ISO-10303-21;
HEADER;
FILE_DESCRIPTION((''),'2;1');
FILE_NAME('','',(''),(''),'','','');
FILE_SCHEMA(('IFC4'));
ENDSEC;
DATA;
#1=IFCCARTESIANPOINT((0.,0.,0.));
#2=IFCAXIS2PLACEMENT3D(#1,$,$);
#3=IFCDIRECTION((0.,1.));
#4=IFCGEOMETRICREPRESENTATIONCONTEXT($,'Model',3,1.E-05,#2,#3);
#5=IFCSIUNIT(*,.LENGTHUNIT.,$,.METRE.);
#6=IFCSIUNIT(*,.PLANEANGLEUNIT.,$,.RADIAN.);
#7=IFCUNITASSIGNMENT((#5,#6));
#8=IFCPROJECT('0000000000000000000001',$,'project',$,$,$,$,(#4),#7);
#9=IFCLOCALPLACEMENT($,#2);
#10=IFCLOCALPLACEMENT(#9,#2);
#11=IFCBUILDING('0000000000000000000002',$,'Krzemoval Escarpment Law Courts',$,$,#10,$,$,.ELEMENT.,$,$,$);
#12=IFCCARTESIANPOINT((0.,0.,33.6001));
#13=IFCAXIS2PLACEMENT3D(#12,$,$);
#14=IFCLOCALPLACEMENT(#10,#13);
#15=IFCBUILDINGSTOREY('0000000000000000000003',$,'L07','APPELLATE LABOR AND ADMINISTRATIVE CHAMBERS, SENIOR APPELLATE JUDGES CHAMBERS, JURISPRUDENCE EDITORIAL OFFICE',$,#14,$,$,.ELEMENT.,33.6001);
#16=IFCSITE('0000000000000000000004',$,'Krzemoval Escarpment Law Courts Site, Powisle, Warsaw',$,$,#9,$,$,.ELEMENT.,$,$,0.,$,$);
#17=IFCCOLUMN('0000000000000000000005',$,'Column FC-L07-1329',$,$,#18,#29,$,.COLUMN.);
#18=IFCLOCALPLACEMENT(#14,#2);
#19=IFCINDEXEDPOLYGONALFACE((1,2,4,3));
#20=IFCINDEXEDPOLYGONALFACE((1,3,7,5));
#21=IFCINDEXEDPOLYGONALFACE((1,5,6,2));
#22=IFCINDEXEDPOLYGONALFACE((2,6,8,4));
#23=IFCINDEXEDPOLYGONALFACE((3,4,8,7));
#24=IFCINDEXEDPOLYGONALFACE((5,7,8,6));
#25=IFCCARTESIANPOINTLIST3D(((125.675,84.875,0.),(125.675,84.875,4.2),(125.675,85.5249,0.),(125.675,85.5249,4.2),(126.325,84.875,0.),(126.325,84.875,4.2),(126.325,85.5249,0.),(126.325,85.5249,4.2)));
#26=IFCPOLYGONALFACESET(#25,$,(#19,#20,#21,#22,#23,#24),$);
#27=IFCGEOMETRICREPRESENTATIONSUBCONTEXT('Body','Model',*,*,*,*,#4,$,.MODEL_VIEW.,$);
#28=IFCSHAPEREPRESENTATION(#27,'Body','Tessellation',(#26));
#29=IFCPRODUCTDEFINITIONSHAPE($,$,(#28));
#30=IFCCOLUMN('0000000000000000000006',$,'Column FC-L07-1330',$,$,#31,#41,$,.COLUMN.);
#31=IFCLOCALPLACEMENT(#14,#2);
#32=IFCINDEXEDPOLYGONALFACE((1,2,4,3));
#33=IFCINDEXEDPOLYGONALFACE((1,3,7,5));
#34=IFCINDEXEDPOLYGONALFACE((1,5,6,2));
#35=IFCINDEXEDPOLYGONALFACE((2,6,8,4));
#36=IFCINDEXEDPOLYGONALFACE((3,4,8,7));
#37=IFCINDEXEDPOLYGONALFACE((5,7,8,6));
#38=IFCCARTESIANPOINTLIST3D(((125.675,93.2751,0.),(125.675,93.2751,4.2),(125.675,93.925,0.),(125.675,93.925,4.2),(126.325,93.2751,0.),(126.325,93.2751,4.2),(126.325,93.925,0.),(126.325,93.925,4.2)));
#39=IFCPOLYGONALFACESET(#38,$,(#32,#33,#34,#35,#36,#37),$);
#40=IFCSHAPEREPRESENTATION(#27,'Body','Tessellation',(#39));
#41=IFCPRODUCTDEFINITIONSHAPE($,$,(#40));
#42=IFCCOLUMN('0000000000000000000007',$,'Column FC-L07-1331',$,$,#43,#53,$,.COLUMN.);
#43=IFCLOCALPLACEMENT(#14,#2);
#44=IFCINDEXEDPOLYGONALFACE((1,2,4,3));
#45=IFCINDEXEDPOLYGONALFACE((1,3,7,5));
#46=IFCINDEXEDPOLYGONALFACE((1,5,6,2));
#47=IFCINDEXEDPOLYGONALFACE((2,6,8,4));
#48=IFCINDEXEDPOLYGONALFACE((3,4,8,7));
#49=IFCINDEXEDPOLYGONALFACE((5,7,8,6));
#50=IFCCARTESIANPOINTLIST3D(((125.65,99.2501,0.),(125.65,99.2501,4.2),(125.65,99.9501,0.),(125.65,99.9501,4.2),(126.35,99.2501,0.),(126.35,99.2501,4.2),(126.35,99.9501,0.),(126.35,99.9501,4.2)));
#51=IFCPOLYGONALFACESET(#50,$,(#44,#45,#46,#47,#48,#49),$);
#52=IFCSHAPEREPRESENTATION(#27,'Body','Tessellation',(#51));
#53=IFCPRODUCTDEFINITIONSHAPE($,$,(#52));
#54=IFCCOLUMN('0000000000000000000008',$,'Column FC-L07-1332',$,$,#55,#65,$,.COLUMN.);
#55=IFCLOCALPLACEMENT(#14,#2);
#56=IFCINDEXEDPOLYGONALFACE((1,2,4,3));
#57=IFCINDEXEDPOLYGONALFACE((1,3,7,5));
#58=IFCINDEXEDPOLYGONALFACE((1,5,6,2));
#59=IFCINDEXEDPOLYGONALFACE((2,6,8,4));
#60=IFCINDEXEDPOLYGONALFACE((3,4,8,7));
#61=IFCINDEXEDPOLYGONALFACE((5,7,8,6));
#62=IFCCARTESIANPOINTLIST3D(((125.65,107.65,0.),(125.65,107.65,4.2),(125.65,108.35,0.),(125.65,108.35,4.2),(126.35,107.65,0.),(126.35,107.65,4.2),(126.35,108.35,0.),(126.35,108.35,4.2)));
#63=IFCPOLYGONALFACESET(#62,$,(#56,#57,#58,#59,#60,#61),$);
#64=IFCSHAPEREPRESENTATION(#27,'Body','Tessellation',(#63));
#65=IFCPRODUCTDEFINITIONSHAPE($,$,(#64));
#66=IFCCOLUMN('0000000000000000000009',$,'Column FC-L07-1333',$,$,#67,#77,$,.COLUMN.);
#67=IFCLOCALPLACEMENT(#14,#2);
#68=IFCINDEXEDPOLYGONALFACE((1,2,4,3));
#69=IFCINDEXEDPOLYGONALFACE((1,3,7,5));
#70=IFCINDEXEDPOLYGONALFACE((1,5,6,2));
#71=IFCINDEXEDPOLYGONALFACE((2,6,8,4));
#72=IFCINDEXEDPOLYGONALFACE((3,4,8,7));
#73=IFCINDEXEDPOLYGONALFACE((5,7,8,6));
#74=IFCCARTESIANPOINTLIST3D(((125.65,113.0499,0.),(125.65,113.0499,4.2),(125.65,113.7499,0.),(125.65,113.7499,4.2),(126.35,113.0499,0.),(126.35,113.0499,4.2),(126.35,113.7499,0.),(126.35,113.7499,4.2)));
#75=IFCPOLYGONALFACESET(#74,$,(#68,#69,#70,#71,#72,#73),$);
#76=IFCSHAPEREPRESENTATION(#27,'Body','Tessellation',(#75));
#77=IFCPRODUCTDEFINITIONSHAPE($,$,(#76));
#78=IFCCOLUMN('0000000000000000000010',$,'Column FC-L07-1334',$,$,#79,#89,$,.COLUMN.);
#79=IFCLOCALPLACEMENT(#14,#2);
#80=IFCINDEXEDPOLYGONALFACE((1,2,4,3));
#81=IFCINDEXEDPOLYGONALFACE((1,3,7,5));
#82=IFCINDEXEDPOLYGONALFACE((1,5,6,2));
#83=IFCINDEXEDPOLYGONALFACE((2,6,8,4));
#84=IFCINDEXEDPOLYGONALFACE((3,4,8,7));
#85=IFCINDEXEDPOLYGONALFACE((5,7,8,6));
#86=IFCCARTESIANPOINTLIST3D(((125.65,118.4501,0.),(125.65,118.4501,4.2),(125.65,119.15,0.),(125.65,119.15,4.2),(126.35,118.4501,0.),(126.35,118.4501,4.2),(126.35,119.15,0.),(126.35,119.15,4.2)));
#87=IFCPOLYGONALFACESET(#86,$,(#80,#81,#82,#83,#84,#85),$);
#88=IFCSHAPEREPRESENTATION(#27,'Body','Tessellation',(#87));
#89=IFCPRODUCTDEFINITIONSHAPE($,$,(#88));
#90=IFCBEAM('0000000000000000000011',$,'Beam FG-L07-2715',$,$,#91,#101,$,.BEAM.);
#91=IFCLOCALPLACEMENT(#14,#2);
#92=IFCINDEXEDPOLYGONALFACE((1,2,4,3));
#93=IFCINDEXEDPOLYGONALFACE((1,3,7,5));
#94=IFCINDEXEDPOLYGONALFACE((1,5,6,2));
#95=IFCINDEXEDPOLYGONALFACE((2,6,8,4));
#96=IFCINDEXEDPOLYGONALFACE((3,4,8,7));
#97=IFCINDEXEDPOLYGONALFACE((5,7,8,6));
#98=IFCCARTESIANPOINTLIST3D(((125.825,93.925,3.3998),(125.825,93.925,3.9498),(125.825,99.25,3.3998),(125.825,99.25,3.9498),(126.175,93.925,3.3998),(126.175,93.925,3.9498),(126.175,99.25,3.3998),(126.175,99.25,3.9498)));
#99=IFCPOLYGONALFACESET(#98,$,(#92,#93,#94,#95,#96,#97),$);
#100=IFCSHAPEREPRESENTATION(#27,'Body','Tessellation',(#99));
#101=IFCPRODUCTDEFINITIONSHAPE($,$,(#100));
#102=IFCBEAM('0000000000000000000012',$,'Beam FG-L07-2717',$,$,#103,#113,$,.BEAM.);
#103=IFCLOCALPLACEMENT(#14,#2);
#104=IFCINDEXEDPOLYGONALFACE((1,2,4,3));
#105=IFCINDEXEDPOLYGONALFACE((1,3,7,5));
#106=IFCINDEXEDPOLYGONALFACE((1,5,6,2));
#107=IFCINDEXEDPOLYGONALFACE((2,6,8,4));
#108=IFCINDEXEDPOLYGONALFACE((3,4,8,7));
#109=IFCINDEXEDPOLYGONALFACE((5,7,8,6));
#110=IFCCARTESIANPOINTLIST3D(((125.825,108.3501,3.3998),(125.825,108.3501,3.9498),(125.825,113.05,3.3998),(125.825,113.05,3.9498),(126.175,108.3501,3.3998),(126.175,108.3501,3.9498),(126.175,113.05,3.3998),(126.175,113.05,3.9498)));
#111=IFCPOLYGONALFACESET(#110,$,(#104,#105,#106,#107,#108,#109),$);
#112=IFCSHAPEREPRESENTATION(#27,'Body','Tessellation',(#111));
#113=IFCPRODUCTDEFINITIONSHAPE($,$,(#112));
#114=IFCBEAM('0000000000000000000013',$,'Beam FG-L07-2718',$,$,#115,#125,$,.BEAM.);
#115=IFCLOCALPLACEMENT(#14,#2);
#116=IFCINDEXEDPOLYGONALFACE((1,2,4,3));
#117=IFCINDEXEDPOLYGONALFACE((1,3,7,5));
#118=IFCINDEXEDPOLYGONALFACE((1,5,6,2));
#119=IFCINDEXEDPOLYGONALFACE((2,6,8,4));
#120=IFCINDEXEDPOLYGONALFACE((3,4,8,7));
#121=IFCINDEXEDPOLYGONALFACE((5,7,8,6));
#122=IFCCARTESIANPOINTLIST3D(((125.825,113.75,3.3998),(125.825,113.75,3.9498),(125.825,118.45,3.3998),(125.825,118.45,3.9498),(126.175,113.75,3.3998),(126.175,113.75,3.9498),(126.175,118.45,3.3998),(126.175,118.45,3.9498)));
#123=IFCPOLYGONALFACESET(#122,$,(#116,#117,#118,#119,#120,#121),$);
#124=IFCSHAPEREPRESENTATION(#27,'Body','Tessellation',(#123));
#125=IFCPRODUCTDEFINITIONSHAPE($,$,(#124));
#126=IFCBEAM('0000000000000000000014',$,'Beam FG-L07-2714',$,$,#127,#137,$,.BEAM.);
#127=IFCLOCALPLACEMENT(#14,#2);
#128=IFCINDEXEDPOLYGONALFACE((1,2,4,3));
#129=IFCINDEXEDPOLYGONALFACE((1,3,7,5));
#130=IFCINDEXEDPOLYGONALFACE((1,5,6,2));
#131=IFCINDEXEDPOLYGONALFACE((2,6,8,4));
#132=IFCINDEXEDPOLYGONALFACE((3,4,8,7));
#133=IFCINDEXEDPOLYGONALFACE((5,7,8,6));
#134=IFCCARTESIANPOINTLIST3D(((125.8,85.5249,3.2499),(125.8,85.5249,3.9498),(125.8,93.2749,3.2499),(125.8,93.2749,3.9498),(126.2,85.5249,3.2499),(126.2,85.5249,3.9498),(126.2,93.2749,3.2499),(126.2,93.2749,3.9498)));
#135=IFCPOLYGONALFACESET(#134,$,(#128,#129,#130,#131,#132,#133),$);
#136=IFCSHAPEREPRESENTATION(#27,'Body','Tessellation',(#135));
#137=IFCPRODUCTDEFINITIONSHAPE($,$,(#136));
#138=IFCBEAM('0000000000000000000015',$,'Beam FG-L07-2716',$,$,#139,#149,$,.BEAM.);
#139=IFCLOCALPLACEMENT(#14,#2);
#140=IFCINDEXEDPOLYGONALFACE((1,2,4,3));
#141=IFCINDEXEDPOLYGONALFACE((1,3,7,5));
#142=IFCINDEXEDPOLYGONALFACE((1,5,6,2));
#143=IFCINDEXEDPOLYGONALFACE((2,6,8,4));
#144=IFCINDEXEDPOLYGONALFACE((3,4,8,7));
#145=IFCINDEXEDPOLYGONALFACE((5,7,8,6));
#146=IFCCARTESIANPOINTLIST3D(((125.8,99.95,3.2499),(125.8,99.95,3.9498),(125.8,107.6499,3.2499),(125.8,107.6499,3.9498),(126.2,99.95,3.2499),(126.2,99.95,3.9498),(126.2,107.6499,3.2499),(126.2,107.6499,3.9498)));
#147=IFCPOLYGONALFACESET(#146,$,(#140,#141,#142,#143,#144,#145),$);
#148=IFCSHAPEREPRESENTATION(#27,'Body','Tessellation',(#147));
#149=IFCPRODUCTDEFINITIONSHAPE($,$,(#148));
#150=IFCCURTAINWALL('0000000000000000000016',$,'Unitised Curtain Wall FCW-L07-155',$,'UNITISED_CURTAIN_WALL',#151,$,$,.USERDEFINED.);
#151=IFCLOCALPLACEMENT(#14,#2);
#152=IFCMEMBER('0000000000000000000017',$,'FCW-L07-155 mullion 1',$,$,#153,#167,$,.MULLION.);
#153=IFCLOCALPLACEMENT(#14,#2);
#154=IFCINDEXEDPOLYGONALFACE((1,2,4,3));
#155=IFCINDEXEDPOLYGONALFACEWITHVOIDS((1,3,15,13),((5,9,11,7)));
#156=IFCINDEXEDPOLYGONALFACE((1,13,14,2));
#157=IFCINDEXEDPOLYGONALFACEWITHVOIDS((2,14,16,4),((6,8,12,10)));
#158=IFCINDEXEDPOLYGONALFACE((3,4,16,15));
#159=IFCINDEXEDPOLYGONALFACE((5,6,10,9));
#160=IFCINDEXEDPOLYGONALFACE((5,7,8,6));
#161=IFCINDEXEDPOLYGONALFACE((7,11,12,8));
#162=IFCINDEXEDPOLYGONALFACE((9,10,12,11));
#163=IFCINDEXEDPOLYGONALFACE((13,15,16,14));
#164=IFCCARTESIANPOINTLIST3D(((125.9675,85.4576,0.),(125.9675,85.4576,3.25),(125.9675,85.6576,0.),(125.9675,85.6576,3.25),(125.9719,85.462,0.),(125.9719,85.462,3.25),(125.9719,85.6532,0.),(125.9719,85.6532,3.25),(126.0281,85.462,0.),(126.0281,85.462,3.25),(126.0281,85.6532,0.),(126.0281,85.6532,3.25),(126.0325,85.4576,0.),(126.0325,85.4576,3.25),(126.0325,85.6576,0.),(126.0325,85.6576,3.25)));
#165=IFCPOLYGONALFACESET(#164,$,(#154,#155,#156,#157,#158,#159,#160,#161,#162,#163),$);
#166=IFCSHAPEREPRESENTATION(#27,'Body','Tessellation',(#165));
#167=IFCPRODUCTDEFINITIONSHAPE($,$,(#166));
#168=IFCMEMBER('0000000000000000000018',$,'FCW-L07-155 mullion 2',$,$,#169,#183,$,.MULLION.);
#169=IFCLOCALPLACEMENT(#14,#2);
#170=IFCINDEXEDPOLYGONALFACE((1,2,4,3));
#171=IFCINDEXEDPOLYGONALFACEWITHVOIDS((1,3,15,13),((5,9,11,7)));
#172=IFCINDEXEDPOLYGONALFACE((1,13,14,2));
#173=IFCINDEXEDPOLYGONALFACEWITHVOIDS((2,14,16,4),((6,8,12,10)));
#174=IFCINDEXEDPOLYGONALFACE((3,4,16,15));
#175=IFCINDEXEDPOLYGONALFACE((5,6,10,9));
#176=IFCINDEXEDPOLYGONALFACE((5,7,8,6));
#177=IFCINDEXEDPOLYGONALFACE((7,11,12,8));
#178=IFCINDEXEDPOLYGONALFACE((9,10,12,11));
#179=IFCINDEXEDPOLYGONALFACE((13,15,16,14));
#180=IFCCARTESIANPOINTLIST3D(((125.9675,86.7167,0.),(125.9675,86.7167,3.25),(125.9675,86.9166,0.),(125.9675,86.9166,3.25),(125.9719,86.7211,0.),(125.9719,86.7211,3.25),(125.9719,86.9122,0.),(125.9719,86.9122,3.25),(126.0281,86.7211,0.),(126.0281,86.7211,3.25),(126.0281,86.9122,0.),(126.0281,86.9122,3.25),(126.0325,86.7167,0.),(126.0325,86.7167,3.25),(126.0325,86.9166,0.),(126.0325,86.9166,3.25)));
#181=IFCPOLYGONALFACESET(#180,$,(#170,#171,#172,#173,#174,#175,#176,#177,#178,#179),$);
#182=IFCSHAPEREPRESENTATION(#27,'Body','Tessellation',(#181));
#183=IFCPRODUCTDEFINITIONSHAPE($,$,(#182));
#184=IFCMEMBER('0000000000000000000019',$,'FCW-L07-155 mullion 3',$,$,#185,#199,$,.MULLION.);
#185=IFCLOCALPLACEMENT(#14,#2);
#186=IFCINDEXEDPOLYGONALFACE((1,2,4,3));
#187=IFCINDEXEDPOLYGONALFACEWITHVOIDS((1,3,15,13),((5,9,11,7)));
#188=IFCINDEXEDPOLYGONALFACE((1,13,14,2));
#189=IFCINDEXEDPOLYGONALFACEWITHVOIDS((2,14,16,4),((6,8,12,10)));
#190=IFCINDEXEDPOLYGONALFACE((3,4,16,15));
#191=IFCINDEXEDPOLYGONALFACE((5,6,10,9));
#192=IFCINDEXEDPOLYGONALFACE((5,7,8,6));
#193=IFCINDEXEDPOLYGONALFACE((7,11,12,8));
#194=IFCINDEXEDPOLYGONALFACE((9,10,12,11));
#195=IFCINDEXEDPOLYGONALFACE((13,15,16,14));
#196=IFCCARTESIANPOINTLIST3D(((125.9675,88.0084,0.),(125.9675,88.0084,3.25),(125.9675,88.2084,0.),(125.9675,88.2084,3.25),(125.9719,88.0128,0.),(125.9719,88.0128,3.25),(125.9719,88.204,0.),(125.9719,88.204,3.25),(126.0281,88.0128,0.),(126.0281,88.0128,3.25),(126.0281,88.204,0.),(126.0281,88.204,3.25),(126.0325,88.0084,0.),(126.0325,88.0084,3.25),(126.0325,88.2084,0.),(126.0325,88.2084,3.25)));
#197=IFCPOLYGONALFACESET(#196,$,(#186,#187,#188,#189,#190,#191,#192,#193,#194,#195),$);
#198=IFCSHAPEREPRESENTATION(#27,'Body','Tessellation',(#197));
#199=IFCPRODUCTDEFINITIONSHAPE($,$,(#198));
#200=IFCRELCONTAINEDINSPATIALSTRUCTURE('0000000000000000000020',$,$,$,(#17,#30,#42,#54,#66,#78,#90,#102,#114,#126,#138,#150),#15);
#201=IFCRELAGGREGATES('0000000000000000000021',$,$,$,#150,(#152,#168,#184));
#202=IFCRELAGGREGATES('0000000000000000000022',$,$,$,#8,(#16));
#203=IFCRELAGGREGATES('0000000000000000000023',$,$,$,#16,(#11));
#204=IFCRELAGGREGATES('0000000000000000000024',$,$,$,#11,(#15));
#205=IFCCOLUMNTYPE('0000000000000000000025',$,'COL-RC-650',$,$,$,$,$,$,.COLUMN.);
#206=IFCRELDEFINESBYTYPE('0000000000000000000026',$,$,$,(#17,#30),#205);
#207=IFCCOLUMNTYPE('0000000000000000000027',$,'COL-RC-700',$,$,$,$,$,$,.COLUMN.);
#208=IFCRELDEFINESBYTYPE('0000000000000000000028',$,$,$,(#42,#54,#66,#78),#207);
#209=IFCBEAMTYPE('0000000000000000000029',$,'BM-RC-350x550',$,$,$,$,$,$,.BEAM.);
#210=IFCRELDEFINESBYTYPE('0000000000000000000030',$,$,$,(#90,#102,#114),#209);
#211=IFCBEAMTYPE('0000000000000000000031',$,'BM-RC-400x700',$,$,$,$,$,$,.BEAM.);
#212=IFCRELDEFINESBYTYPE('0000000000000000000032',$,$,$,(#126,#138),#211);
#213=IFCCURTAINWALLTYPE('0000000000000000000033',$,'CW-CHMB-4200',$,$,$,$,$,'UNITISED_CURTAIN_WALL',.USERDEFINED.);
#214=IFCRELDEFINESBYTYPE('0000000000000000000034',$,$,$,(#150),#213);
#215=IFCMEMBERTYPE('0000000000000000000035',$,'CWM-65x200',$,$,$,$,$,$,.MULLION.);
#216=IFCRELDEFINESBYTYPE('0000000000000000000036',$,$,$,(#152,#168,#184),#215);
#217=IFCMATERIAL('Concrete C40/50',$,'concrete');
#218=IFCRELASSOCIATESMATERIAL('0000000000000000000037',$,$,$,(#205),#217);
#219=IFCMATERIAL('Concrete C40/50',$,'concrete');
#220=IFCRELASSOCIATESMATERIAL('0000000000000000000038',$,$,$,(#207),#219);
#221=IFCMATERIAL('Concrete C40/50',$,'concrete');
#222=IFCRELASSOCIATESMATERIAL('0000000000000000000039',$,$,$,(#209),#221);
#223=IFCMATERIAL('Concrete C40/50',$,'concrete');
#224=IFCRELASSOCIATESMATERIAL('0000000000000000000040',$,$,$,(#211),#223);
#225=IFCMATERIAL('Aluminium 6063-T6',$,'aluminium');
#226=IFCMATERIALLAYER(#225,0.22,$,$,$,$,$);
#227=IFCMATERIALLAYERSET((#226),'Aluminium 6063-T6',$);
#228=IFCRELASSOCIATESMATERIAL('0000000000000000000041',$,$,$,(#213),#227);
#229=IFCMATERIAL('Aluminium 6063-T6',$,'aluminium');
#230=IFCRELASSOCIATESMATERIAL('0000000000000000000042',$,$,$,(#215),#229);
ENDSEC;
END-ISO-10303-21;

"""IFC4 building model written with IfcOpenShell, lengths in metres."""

from ifc_helpers import new_model, si_unit, direction, frame, origin, origin_2d, place, context, subcontext, project, spatial, rectangle, hollow_rectangle, extrude, material, layer, layer_set, material_profile, profile_set, type_object, element, aggregate, save


model = new_model("IFC4")

# Units and contexts
model_context = context("Model", 3, precision=1e-05, world=origin(), true_north=direction((0.0, 1.0)))
body_context = subcontext(model_context, "Body", "Model", "MODEL_VIEW")
ifc_project = project(units=[si_unit("LENGTHUNIT", "METRE"), si_unit("PLANEANGLEUNIT", "RADIAN")], contexts=[model_context])

# Site, building, storey
site_placement = place(None, origin())
site = spatial("IfcSite", under=ifc_project, at=site_placement, Name="Krzemoval Escarpment Law Courts Site, Powisle, Warsaw", CompositionType="ELEMENT", RefElevation=0.0)
building_placement = place(site_placement, origin())
building = spatial("IfcBuilding", under=site, at=building_placement, Name="Krzemoval Escarpment Law Courts", CompositionType="ELEMENT")
storey_placement = place(building_placement, frame((0.0, 0.0, 33.6001)))
storey = spatial("IfcBuildingStorey", under=building, at=storey_placement, Name="L07", Description="APPELLATE LABOR AND ADMINISTRATIVE CHAMBERS, SENIOR APPELLATE JUDGES CHAMBERS, JURISPRUDENCE EDITORIAL OFFICE", CompositionType="ELEMENT", Elevation=33.6001)

# Columns
ifc_material_1 = material(Name="Concrete C40/50", Category="concrete")
ifc_material_profile_1 = material_profile(ifc_material_1, rectangle(XDim=0.6499, YDim=0.6499, at=origin_2d()), Name="RC 650x650")
ifc_profile_set_1 = profile_set([ifc_material_profile_1], Name="Concrete C40/50")
column_type_1 = type_object("IfcColumnType", Name="COL-RC-650", PredefinedType="COLUMN", material=ifc_profile_set_1)
for number, where, z_axis, x_axis, name in (
    (1, (126.0, 85.2, 0.0), (0.0, 0.0, 1.0), (1.0, 0.0, 0.0), "Column FC-L07-1329"),
    (2, (126.0, 93.6001, 0.0), (0.0, 0.0, 1.0), (1.0, 0.0, 0.0), "Column FC-L07-1330"),
):
    element("IfcColumn", number, at=place(storey_placement, frame(where, z_axis=z_axis, x_axis=x_axis)), inside=storey, type_object=column_type_1, Name=name, PredefinedType="COLUMN", context=body_context, shape_type="SweptSolid", body=[
        extrude(rectangle(XDim=0.6499, YDim=0.6499, at=origin_2d()), origin(), (0.0, 0.0, 1.0), 4.2),
    ])
ifc_material_2 = material(Name="Concrete C40/50", Category="concrete")
ifc_material_profile_2 = material_profile(ifc_material_2, rectangle(XDim=0.7, YDim=0.7, at=origin_2d()), Name="RC 700x700")
ifc_profile_set_2 = profile_set([ifc_material_profile_2], Name="Concrete C40/50")
column_type_2 = type_object("IfcColumnType", Name="COL-RC-700", PredefinedType="COLUMN", material=ifc_profile_set_2)
for number, where, z_axis, x_axis, name in (
    (3, (126.0, 99.6001, 0.0), (0.0, 0.0, 1.0), (1.0, 0.0, 0.0), "Column FC-L07-1331"),
    (4, (126.0, 108.0, 0.0), (0.0, 0.0, 1.0), (1.0, 0.0, 0.0), "Column FC-L07-1332"),
    (5, (126.0, 113.3999, 0.0), (0.0, 0.0, 1.0), (1.0, 0.0, 0.0), "Column FC-L07-1333"),
    (6, (126.0, 118.8, 0.0), (0.0, 0.0, 1.0), (1.0, 0.0, 0.0), "Column FC-L07-1334"),
):
    element("IfcColumn", number, at=place(storey_placement, frame(where, z_axis=z_axis, x_axis=x_axis)), inside=storey, type_object=column_type_2, Name=name, PredefinedType="COLUMN", context=body_context, shape_type="SweptSolid", body=[
        extrude(rectangle(XDim=0.7, YDim=0.7, at=origin_2d()), origin(), (0.0, 0.0, 1.0), 4.2),
    ])

# Beams
ifc_material_3 = material(Name="Concrete C40/50", Category="concrete")
ifc_material_profile_3 = material_profile(ifc_material_3, rectangle(XDim=0.3501, YDim=0.55, at=origin_2d()), Name="RCB 350x550")
ifc_profile_set_3 = profile_set([ifc_material_profile_3], Name="Concrete C40/50")
beam_type_1 = type_object("IfcBeamType", Name="BM-RC-350x550", PredefinedType="BEAM", material=ifc_profile_set_3)
beam_1_placement = place(storey_placement, frame((126.0, 93.925, 3.6748), z_axis=(0.0, 1.0, 0.0), x_axis=(-1.0, 0.0, 0.0)))
element("IfcBeam", 7, at=beam_1_placement, inside=storey, type_object=beam_type_1, Name="Beam FG-L07-2715", PredefinedType="BEAM", context=body_context, shape_type="SweptSolid", body=[
    extrude(rectangle(XDim=0.3501, YDim=0.55, at=origin_2d()), origin(), (0.0, 0.0, 1.0), 5.325),
])
for number, where, z_axis, x_axis, name in (
    (8, (126.0, 108.3501, 3.6748), (0.0, 1.0, 0.0), (-1.0, 0.0, 0.0), "Beam FG-L07-2717"),
    (9, (126.0, 113.75, 3.6748), (0.0, 1.0, 0.0), (-1.0, 0.0, 0.0), "Beam FG-L07-2718"),
):
    element("IfcBeam", number, at=place(storey_placement, frame(where, z_axis=z_axis, x_axis=x_axis)), inside=storey, type_object=beam_type_1, Name=name, PredefinedType="BEAM", context=body_context, shape_type="SweptSolid", body=[
        extrude(rectangle(XDim=0.3501, YDim=0.55, at=origin_2d()), origin(), (0.0, 0.0, 1.0), 4.7),
    ])
ifc_material_4 = material(Name="Concrete C40/50", Category="concrete")
ifc_material_profile_4 = material_profile(ifc_material_4, rectangle(XDim=0.3999, YDim=0.7, at=origin_2d()), Name="RCB 400x700")
ifc_profile_set_4 = profile_set([ifc_material_profile_4], Name="Concrete C40/50")
beam_type_2 = type_object("IfcBeamType", Name="BM-RC-400x700", PredefinedType="BEAM", material=ifc_profile_set_4)
beam_2_placement = place(storey_placement, frame((126.0, 85.5249, 3.5999), z_axis=(0.0, 1.0, 0.0), x_axis=(-1.0, 0.0, 0.0)))
element("IfcBeam", 10, at=beam_2_placement, inside=storey, type_object=beam_type_2, Name="Beam FG-L07-2714", PredefinedType="BEAM", context=body_context, shape_type="SweptSolid", body=[
    extrude(rectangle(XDim=0.3999, YDim=0.7, at=origin_2d()), origin(), (0.0, 0.0, 1.0), 7.75),
])
beam_3_placement = place(storey_placement, frame((126.0, 99.95, 3.5999), z_axis=(0.0, 1.0, 0.0), x_axis=(-1.0, 0.0, 0.0)))
element("IfcBeam", 11, at=beam_3_placement, inside=storey, type_object=beam_type_2, Name="Beam FG-L07-2716", PredefinedType="BEAM", context=body_context, shape_type="SweptSolid", body=[
    extrude(rectangle(XDim=0.3999, YDim=0.7, at=origin_2d()), origin(), (0.0, 0.0, 1.0), 7.7),
])

# Curtain wall, members
ifc_material_5 = material(Name="Aluminium 6063-T6", Category="aluminium")
ifc_layer_1 = layer(ifc_material_5, 0.22)
ifc_layer_set_1 = layer_set([ifc_layer_1], Name="Aluminium 6063-T6")
curtain_wall_type = type_object("IfcCurtainWallType", Name="CW-CHMB-4200", ElementType="UNITISED_CURTAIN_WALL", PredefinedType="USERDEFINED", material=ifc_layer_set_1)
curtain_wall_placement = place(storey_placement, origin())
curtain_wall = element("IfcCurtainWall", 12, at=curtain_wall_placement, inside=storey, type_object=curtain_wall_type, Name="Unitised Curtain Wall FCW-L07-155", ObjectType="UNITISED_CURTAIN_WALL", PredefinedType="USERDEFINED")
ifc_material_6 = material(Name="Aluminium 6063-T6", Category="aluminium")
ifc_material_profile_5 = material_profile(ifc_material_6, hollow_rectangle(XDim=0.0649, YDim=0.2, WallThickness=0.0044, at=origin_2d()), Name="ALU M65x200")
ifc_profile_set_5 = profile_set([ifc_material_profile_5], Name="Aluminium 6063-T6")
member_type_1 = type_object("IfcMemberType", Name="CWM-65x200", PredefinedType="MULLION", material=ifc_profile_set_5)
member_1_placement = place(storey_placement, frame((126.0, 85.5576, 0.0), z_axis=(0.0, 0.0, 1.0), x_axis=(-1.0, 0.0, 0.0)))
member_1 = element("IfcMember", 13, at=member_1_placement, type_object=member_type_1, Name="FCW-L07-155 mullion 1", PredefinedType="MULLION", context=body_context, shape_type="SweptSolid", body=[
    extrude(hollow_rectangle(XDim=0.0649, YDim=0.2, WallThickness=0.0044, at=origin_2d()), origin(), (0.0, 0.0, 1.0), 3.25),
])
member_2_placement = place(storey_placement, frame((126.0, 86.8167, 0.0), z_axis=(0.0, 0.0, 1.0), x_axis=(-1.0, 0.0, 0.0)))
member_2 = element("IfcMember", 14, at=member_2_placement, type_object=member_type_1, Name="FCW-L07-155 mullion 2", PredefinedType="MULLION", context=body_context, shape_type="SweptSolid", body=[
    extrude(hollow_rectangle(XDim=0.0649, YDim=0.2, WallThickness=0.0044, at=origin_2d()), origin(), (0.0, 0.0, 1.0), 3.25),
])
member_3_placement = place(storey_placement, frame((126.0, 88.1084, 0.0), z_axis=(0.0, 0.0, 1.0), x_axis=(-1.0, 0.0, 0.0)))
member_3 = element("IfcMember", 15, at=member_3_placement, type_object=member_type_1, Name="FCW-L07-155 mullion 3", PredefinedType="MULLION", context=body_context, shape_type="SweptSolid", body=[
    extrude(hollow_rectangle(XDim=0.0649, YDim=0.2, WallThickness=0.0044, at=origin_2d()), origin(), (0.0, 0.0, 1.0), 3.25),
])

aggregate(curtain_wall, [member_1, member_2, member_3])

save(model, "model.ifc")
